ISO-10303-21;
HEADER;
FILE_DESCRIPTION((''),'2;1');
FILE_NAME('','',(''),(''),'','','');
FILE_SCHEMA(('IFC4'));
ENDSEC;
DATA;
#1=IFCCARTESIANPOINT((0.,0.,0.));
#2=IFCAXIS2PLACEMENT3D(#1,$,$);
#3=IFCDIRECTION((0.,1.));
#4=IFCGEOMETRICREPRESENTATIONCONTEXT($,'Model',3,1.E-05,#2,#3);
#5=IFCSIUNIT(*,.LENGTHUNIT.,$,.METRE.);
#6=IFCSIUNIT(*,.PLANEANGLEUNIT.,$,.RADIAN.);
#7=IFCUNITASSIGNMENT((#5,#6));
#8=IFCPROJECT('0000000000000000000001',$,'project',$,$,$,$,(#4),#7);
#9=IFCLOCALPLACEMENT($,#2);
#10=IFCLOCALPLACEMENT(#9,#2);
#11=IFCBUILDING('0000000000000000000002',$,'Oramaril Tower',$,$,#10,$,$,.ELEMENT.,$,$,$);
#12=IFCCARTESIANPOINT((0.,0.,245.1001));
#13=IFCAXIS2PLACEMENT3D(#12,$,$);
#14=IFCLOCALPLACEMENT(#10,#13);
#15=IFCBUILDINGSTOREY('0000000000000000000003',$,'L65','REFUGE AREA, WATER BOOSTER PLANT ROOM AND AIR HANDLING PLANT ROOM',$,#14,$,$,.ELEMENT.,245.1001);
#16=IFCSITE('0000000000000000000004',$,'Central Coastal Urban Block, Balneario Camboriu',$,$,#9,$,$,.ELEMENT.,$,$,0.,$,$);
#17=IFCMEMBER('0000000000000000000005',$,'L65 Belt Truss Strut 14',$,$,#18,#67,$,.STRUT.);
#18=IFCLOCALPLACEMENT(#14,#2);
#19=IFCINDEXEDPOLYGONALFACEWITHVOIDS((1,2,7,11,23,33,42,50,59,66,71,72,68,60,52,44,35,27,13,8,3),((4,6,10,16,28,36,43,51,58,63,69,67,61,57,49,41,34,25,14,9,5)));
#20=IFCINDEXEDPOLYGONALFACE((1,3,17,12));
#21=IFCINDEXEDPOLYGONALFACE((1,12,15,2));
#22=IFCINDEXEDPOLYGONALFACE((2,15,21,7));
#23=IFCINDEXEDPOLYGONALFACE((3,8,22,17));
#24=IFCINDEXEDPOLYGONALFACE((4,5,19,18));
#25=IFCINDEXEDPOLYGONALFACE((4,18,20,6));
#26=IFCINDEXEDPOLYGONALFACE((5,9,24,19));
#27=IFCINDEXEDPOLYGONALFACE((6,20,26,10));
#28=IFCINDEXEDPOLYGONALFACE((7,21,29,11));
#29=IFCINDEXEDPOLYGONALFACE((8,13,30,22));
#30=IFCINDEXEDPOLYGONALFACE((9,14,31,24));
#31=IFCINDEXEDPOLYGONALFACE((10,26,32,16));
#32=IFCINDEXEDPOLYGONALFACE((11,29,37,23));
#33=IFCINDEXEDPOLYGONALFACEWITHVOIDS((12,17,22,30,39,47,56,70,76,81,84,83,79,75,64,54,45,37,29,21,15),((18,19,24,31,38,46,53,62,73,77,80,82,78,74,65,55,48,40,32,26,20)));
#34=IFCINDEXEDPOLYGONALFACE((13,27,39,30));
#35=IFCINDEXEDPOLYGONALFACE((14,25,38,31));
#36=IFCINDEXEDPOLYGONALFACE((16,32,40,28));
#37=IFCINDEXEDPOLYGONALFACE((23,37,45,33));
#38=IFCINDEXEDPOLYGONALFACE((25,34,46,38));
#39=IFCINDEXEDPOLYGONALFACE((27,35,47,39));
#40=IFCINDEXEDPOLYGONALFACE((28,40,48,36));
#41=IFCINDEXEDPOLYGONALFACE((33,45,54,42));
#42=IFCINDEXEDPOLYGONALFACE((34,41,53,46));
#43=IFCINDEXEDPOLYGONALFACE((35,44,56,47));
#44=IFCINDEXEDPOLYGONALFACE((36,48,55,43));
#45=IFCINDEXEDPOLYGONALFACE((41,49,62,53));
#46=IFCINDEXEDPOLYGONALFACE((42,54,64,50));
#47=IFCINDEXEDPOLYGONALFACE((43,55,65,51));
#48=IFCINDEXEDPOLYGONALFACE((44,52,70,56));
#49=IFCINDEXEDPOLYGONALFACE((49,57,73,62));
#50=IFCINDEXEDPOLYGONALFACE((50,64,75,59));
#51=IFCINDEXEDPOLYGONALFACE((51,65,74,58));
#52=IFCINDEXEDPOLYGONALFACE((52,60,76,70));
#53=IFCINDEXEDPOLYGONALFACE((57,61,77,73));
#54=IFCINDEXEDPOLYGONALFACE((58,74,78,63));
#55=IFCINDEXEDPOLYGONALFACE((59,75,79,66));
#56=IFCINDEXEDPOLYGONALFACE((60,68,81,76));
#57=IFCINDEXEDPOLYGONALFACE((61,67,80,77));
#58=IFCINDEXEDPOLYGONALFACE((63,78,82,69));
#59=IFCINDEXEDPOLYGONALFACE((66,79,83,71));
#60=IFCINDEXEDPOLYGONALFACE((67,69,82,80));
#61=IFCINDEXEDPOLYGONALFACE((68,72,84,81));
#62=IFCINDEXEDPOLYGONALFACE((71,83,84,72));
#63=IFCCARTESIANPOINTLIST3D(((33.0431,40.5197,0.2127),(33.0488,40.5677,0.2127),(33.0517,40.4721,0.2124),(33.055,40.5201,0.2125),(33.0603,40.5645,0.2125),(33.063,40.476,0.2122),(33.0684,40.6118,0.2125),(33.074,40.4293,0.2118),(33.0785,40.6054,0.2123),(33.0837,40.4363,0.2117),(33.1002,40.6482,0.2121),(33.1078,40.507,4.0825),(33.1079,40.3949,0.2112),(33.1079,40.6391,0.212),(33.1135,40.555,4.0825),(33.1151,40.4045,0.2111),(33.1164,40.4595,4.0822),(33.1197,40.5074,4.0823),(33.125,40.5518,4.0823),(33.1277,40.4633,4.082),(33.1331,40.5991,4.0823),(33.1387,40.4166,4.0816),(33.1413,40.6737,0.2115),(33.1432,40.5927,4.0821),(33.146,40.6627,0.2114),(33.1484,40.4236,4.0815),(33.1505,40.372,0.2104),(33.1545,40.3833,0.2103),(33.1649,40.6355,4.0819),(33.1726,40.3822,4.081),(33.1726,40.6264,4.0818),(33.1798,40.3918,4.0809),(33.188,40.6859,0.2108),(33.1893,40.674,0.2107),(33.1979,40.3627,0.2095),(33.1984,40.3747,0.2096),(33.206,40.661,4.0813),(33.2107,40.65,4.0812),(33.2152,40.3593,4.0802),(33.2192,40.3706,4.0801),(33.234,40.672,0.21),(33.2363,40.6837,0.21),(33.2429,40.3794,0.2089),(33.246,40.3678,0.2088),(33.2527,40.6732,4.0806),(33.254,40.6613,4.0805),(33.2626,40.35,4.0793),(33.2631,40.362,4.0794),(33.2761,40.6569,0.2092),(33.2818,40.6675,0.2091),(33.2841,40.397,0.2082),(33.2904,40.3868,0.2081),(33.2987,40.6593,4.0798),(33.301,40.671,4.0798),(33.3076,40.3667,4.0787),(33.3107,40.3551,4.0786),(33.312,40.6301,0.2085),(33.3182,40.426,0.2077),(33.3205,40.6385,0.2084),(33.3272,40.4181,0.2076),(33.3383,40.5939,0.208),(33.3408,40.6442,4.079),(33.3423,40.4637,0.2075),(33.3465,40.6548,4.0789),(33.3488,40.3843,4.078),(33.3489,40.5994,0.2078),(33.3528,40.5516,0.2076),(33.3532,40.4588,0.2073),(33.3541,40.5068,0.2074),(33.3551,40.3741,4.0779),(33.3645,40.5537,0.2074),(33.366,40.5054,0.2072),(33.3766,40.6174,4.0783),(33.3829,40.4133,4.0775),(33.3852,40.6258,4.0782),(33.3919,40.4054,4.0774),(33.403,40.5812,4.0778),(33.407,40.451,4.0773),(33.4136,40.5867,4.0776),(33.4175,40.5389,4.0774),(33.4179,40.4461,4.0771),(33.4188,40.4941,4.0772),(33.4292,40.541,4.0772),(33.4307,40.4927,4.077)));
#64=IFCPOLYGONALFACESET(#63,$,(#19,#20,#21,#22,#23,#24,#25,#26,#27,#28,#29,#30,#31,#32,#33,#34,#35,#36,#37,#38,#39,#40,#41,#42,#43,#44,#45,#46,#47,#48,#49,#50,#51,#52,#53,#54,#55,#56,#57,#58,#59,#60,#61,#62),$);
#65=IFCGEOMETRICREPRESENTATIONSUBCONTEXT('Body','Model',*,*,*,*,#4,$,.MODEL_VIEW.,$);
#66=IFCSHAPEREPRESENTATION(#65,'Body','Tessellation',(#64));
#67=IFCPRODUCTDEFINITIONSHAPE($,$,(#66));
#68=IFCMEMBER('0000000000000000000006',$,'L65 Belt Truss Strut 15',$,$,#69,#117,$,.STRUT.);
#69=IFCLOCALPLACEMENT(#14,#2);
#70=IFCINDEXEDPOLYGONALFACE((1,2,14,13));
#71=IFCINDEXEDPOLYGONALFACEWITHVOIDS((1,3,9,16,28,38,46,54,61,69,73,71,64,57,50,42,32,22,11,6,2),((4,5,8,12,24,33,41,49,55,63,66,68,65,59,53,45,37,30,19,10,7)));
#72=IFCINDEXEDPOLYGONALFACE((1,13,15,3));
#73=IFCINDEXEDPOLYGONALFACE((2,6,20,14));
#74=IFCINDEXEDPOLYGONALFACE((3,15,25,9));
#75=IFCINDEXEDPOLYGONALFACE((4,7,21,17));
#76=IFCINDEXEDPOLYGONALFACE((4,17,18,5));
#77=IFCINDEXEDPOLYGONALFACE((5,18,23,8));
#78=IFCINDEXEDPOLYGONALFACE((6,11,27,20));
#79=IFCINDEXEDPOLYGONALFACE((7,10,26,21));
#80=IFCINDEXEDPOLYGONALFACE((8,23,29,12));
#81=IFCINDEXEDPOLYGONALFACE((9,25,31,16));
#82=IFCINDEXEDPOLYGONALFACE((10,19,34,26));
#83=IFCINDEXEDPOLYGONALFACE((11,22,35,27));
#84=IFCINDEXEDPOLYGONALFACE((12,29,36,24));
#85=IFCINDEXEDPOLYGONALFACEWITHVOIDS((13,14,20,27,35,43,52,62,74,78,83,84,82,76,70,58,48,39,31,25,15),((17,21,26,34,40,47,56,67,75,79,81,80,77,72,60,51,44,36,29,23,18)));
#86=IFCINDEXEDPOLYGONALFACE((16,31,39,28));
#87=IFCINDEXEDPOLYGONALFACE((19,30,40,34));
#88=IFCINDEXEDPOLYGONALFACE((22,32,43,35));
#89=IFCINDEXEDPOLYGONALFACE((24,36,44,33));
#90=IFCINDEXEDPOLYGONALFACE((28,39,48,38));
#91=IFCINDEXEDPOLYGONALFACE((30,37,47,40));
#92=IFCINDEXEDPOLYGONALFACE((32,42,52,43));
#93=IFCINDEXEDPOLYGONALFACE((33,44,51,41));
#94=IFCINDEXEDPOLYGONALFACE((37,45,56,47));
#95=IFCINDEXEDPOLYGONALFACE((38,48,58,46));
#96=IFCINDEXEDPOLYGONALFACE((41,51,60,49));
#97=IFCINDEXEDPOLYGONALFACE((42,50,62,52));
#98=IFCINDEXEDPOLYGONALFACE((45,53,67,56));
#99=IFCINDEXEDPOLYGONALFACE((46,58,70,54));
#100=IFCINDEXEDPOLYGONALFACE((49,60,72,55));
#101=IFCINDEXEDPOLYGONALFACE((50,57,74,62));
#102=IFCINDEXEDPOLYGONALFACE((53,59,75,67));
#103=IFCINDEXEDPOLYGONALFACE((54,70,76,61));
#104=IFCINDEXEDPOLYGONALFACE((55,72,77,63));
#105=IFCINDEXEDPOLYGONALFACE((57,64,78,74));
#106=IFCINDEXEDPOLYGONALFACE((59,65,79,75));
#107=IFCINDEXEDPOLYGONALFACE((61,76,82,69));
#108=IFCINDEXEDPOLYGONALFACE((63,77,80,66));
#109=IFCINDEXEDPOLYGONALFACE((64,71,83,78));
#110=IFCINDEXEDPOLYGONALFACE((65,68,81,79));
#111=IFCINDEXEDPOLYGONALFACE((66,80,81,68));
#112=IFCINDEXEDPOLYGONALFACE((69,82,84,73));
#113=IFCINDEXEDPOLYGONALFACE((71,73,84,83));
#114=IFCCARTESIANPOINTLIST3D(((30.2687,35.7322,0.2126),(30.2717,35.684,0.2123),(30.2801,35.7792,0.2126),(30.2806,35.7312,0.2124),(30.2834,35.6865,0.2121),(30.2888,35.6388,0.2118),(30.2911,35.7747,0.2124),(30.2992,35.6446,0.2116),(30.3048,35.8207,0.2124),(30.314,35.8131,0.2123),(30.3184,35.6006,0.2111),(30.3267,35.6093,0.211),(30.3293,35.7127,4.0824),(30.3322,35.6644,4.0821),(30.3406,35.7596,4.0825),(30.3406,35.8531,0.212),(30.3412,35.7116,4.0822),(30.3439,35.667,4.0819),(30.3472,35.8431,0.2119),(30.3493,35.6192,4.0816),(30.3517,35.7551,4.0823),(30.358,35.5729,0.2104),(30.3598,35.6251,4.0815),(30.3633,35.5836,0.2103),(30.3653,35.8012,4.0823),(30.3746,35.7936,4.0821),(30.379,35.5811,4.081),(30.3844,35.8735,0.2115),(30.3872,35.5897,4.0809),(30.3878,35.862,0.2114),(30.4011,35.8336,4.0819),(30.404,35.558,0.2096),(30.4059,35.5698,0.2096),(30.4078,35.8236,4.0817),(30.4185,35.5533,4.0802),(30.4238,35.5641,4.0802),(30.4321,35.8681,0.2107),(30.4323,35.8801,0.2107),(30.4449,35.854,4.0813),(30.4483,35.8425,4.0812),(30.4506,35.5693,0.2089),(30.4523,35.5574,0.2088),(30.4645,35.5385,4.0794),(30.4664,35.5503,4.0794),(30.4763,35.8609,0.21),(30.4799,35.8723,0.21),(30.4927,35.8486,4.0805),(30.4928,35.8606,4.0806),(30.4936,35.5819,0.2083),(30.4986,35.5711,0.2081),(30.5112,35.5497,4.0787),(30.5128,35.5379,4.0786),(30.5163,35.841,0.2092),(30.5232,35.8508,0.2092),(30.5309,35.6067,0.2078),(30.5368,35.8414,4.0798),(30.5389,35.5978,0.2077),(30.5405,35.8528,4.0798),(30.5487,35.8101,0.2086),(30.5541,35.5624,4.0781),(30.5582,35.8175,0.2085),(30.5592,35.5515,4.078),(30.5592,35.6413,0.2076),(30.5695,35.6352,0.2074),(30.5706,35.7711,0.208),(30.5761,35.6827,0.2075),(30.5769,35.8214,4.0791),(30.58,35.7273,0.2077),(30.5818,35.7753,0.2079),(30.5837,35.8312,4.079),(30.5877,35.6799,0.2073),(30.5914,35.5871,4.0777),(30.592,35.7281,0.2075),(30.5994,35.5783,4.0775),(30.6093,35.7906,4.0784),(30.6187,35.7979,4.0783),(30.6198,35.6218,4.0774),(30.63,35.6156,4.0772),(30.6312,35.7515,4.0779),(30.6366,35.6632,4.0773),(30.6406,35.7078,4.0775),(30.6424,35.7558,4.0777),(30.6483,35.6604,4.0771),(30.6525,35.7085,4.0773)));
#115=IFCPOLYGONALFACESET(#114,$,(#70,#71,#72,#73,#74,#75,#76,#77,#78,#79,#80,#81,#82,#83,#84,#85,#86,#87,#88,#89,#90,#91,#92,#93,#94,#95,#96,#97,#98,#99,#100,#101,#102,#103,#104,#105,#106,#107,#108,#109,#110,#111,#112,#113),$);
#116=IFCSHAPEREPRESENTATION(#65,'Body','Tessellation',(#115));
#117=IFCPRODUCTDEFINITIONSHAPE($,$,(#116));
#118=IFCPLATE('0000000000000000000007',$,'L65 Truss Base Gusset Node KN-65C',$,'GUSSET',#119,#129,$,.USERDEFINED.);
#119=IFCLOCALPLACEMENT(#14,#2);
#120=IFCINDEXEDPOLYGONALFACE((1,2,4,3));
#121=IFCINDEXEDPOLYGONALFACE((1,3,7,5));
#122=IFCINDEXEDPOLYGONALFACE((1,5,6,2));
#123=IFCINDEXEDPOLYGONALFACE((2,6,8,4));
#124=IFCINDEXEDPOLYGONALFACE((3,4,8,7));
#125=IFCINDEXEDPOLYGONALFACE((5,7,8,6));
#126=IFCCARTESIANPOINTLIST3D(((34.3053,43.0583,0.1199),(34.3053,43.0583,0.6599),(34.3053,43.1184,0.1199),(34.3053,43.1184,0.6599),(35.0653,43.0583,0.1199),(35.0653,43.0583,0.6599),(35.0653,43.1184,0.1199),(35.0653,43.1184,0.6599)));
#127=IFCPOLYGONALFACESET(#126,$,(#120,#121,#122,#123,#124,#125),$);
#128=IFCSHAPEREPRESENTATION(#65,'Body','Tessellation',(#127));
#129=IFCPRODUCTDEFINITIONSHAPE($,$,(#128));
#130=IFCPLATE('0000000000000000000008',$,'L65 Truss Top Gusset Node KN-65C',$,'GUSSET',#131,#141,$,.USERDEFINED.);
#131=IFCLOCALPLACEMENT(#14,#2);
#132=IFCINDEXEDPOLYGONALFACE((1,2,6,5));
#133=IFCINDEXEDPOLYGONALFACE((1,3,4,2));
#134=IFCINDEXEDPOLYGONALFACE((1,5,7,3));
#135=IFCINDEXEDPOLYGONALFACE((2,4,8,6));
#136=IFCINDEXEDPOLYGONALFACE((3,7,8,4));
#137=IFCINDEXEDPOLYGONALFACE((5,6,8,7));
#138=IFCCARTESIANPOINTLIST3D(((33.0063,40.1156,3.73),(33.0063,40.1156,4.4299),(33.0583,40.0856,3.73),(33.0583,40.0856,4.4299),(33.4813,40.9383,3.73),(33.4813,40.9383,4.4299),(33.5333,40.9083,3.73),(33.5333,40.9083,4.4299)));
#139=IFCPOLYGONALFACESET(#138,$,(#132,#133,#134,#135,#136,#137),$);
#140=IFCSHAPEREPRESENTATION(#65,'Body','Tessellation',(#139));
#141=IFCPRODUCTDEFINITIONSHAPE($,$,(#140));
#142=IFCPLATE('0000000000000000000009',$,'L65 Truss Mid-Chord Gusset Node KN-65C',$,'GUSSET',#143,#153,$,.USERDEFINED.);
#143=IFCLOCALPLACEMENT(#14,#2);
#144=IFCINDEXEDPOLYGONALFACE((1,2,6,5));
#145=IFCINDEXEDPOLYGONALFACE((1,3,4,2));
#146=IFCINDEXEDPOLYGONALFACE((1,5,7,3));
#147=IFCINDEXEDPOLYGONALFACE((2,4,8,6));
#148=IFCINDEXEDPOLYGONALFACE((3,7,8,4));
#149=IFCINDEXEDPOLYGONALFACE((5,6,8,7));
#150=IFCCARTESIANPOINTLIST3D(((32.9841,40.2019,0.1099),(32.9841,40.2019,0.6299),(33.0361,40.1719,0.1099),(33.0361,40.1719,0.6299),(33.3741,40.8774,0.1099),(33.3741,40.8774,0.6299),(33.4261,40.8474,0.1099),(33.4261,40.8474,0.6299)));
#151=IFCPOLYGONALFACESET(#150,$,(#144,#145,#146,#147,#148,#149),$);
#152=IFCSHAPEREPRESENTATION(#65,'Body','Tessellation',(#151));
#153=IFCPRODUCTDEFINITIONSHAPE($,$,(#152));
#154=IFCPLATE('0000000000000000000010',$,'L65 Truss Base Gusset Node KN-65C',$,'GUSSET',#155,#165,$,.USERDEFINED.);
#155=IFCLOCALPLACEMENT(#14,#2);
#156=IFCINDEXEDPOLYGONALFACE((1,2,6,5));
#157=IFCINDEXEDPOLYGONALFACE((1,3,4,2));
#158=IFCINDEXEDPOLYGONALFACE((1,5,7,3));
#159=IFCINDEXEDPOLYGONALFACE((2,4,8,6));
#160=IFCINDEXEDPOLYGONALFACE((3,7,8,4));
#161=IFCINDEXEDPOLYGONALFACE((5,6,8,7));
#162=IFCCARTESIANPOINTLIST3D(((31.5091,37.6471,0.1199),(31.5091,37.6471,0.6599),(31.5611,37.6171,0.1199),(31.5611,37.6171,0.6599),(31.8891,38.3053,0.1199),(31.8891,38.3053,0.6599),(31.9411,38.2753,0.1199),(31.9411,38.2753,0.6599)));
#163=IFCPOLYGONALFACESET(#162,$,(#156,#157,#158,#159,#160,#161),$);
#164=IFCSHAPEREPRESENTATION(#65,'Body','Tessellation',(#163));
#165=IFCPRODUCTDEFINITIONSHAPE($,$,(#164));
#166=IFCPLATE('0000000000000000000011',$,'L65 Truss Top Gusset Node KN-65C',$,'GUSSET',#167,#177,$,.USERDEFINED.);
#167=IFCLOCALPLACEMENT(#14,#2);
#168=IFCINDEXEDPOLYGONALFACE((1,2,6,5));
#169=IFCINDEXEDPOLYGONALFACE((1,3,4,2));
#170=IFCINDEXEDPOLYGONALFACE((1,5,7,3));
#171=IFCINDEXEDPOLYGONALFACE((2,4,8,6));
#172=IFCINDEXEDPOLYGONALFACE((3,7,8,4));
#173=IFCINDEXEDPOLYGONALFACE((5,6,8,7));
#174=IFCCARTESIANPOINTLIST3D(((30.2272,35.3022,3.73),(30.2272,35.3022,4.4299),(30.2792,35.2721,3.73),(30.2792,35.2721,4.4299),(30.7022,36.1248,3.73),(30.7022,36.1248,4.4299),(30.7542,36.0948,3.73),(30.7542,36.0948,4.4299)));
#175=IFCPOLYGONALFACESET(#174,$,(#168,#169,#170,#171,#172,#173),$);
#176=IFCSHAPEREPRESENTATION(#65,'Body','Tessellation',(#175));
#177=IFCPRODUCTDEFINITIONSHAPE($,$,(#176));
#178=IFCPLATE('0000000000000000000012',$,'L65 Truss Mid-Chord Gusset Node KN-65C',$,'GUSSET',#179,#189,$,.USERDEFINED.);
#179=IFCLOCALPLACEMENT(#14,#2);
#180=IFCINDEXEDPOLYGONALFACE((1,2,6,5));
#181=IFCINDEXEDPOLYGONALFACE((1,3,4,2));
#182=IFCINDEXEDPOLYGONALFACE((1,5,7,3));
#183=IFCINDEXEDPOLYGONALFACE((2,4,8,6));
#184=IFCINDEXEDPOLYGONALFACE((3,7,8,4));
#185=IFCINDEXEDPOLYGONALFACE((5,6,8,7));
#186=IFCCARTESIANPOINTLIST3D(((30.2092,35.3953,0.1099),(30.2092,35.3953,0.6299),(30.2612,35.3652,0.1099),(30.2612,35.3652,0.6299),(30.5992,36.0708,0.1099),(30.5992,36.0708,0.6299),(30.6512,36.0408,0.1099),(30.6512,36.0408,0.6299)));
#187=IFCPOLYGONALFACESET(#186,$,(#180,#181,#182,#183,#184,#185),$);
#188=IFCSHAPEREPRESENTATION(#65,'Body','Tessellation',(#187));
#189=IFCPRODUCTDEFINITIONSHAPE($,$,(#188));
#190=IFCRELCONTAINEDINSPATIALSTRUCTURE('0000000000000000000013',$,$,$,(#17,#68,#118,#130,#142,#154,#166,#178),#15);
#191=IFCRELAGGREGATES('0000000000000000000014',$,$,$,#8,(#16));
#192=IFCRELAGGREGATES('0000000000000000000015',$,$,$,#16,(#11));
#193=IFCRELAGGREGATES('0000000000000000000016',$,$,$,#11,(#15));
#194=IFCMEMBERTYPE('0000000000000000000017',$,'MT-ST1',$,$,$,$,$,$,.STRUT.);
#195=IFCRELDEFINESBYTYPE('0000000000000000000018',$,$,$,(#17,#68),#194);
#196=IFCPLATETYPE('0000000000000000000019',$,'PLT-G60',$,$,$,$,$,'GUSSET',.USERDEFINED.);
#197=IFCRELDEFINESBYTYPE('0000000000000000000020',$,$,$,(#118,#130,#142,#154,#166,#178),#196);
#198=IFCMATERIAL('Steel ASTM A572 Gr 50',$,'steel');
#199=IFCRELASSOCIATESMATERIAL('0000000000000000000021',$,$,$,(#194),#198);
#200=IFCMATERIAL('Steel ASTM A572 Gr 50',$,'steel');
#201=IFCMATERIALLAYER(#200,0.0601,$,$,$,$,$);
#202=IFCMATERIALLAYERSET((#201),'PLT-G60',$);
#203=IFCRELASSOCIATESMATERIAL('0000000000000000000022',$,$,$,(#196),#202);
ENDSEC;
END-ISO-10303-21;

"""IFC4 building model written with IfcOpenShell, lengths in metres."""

from ifc_helpers import new_model, si_unit, direction, frame, origin, origin_2d, place, context, subcontext, project, spatial, rectangle, hollow_circle, extrude, material, layer, layer_set, material_profile, profile_set, type_object, element, save


model = new_model("IFC4")

# Units and contexts
model_context = context("Model", 3, precision=1e-05, world=origin(), true_north=direction((0.0, 1.0)))
body_context = subcontext(model_context, "Body", "Model", "MODEL_VIEW")
ifc_project = project(units=[si_unit("LENGTHUNIT", "METRE"), si_unit("PLANEANGLEUNIT", "RADIAN")], contexts=[model_context])

# Site, building, storey
site_placement = place(None, origin())
site = spatial("IfcSite", under=ifc_project, at=site_placement, Name="Central Coastal Urban Block, Balneario Camboriu", CompositionType="ELEMENT", RefElevation=0.0)
building_placement = place(site_placement, origin())
building = spatial("IfcBuilding", under=site, at=building_placement, Name="Oramaril Tower", CompositionType="ELEMENT")
storey_placement = place(building_placement, frame((0.0, 0.0, 245.1001)))
storey = spatial("IfcBuildingStorey", under=building, at=storey_placement, Name="L65", Description="REFUGE AREA, WATER BOOSTER PLANT ROOM AND AIR HANDLING PLANT ROOM", CompositionType="ELEMENT", Elevation=245.1001)

# Members
ifc_material_1 = material(Name="Steel ASTM A572 Gr 50", Category="steel")
ifc_material_profile_1 = material_profile(ifc_material_1, hollow_circle(Radius=0.1621, WallThickness=0.012, at=origin_2d()), Name="CHS324X12")
ifc_profile_set_1 = profile_set([ifc_material_profile_1], Name="Steel ASTM A572 Gr 50")
member_type_1 = type_object("IfcMemberType", Name="MT-ST1", PredefinedType="STRUT", material=ifc_profile_set_1)
for number, where, z_axis, x_axis, name in (
    (1, (33.2051, 40.5247, 0.21), (0.016716, -0.00328, 0.999855), (0.192554, 0.981286, 0.0), "L65 Belt Truss Strut 14"),
    (2, (30.4302, 35.718, 0.21), (0.015644, -0.005046, 0.999865), (0.307003, 0.951709, 0.0), "L65 Belt Truss Strut 15"),
):
    element("IfcMember", number, at=place(storey_placement, frame(where, z_axis=z_axis, x_axis=x_axis)), inside=storey, type_object=member_type_1, Name=name, PredefinedType="STRUT", context=body_context, shape_type="SweptSolid", body=[
        extrude(hollow_circle(Radius=0.1621, WallThickness=0.012, at=origin_2d()), origin(), (0.0, 0.0, 1.0), 3.8704),
    ])

# Plates
ifc_material_2 = material(Name="Steel ASTM A572 Gr 50", Category="steel")
ifc_layer_1 = layer(ifc_material_2, 0.0601)
ifc_layer_set_1 = layer_set([ifc_layer_1], Name="PLT-G60")
plate_type = type_object("IfcPlateType", Name="PLT-G60", ElementType="GUSSET", PredefinedType="USERDEFINED", material=ifc_layer_set_1)
plate_1_placement = place(storey_placement, frame((34.6853, 43.0884, 0.1199), z_axis=(0.0, 0.0, 1.0), x_axis=(-1.0, 0.0, 0.0)))
element("IfcPlate", 3, at=plate_1_placement, inside=storey, type_object=plate_type, Name="L65 Truss Base Gusset Node KN-65C", ObjectType="GUSSET", PredefinedType="USERDEFINED", context=body_context, shape_type="SweptSolid", body=[
    extrude(rectangle(XDim=0.76, YDim=0.0601, at=origin_2d()), origin(), (0.0, 0.0, 1.0), 0.54),
])
plate_2_placement = place(storey_placement, frame((33.2698, 40.512, 3.73), z_axis=(0.0, 0.0, 1.0), x_axis=(-0.500002, -0.866025, 0.0)))
element("IfcPlate", 4, at=plate_2_placement, inside=storey, type_object=plate_type, Name="L65 Truss Top Gusset Node KN-65C", ObjectType="GUSSET", PredefinedType="USERDEFINED", context=body_context, shape_type="SweptSolid", body=[
    extrude(rectangle(XDim=0.95, YDim=0.0601, at=origin_2d()), origin(), (0.0, 0.0, 1.0), 0.7),
])
plate_3_placement = place(storey_placement, frame((33.2051, 40.5247, 0.1099), z_axis=(0.0, 0.0, 1.0), x_axis=(-0.500002, -0.866025, 0.0)))
element("IfcPlate", 5, at=plate_3_placement, inside=storey, type_object=plate_type, Name="L65 Truss Mid-Chord Gusset Node KN-65C", ObjectType="GUSSET", PredefinedType="USERDEFINED", context=body_context, shape_type="SweptSolid", body=[
    extrude(rectangle(XDim=0.78, YDim=0.0601, at=origin_2d()), origin(), (0.0, 0.0, 1.0), 0.52),
])
plate_4_placement = place(storey_placement, frame((31.7251, 37.9612, 0.1199), z_axis=(0.0, 0.0, 1.0), x_axis=(-0.500002, -0.866025, 0.0)))
element("IfcPlate", 6, at=plate_4_placement, inside=storey, type_object=plate_type, Name="L65 Truss Base Gusset Node KN-65C", ObjectType="GUSSET", PredefinedType="USERDEFINED", context=body_context, shape_type="SweptSolid", body=[
    extrude(rectangle(XDim=0.76, YDim=0.0601, at=origin_2d()), origin(), (0.0, 0.0, 1.0), 0.54),
])
plate_5_placement = place(storey_placement, frame((30.4907, 35.6985, 3.73), z_axis=(0.0, 0.0, 1.0), x_axis=(-0.499998, -0.866026, 0.0)))
element("IfcPlate", 7, at=plate_5_placement, inside=storey, type_object=plate_type, Name="L65 Truss Top Gusset Node KN-65C", ObjectType="GUSSET", PredefinedType="USERDEFINED", context=body_context, shape_type="SweptSolid", body=[
    extrude(rectangle(XDim=0.95, YDim=0.0601, at=origin_2d()), origin(), (0.0, 0.0, 1.0), 0.7),
])
plate_6_placement = place(storey_placement, frame((30.4302, 35.718, 0.1099), z_axis=(0.0, 0.0, 1.0), x_axis=(-0.499998, -0.866026, 0.0)))
element("IfcPlate", 8, at=plate_6_placement, inside=storey, type_object=plate_type, Name="L65 Truss Mid-Chord Gusset Node KN-65C", ObjectType="GUSSET", PredefinedType="USERDEFINED", context=body_context, shape_type="SweptSolid", body=[
    extrude(rectangle(XDim=0.78, YDim=0.0601, at=origin_2d()), origin(), (0.0, 0.0, 1.0), 0.52),
])

save(model, "model.ifc")
